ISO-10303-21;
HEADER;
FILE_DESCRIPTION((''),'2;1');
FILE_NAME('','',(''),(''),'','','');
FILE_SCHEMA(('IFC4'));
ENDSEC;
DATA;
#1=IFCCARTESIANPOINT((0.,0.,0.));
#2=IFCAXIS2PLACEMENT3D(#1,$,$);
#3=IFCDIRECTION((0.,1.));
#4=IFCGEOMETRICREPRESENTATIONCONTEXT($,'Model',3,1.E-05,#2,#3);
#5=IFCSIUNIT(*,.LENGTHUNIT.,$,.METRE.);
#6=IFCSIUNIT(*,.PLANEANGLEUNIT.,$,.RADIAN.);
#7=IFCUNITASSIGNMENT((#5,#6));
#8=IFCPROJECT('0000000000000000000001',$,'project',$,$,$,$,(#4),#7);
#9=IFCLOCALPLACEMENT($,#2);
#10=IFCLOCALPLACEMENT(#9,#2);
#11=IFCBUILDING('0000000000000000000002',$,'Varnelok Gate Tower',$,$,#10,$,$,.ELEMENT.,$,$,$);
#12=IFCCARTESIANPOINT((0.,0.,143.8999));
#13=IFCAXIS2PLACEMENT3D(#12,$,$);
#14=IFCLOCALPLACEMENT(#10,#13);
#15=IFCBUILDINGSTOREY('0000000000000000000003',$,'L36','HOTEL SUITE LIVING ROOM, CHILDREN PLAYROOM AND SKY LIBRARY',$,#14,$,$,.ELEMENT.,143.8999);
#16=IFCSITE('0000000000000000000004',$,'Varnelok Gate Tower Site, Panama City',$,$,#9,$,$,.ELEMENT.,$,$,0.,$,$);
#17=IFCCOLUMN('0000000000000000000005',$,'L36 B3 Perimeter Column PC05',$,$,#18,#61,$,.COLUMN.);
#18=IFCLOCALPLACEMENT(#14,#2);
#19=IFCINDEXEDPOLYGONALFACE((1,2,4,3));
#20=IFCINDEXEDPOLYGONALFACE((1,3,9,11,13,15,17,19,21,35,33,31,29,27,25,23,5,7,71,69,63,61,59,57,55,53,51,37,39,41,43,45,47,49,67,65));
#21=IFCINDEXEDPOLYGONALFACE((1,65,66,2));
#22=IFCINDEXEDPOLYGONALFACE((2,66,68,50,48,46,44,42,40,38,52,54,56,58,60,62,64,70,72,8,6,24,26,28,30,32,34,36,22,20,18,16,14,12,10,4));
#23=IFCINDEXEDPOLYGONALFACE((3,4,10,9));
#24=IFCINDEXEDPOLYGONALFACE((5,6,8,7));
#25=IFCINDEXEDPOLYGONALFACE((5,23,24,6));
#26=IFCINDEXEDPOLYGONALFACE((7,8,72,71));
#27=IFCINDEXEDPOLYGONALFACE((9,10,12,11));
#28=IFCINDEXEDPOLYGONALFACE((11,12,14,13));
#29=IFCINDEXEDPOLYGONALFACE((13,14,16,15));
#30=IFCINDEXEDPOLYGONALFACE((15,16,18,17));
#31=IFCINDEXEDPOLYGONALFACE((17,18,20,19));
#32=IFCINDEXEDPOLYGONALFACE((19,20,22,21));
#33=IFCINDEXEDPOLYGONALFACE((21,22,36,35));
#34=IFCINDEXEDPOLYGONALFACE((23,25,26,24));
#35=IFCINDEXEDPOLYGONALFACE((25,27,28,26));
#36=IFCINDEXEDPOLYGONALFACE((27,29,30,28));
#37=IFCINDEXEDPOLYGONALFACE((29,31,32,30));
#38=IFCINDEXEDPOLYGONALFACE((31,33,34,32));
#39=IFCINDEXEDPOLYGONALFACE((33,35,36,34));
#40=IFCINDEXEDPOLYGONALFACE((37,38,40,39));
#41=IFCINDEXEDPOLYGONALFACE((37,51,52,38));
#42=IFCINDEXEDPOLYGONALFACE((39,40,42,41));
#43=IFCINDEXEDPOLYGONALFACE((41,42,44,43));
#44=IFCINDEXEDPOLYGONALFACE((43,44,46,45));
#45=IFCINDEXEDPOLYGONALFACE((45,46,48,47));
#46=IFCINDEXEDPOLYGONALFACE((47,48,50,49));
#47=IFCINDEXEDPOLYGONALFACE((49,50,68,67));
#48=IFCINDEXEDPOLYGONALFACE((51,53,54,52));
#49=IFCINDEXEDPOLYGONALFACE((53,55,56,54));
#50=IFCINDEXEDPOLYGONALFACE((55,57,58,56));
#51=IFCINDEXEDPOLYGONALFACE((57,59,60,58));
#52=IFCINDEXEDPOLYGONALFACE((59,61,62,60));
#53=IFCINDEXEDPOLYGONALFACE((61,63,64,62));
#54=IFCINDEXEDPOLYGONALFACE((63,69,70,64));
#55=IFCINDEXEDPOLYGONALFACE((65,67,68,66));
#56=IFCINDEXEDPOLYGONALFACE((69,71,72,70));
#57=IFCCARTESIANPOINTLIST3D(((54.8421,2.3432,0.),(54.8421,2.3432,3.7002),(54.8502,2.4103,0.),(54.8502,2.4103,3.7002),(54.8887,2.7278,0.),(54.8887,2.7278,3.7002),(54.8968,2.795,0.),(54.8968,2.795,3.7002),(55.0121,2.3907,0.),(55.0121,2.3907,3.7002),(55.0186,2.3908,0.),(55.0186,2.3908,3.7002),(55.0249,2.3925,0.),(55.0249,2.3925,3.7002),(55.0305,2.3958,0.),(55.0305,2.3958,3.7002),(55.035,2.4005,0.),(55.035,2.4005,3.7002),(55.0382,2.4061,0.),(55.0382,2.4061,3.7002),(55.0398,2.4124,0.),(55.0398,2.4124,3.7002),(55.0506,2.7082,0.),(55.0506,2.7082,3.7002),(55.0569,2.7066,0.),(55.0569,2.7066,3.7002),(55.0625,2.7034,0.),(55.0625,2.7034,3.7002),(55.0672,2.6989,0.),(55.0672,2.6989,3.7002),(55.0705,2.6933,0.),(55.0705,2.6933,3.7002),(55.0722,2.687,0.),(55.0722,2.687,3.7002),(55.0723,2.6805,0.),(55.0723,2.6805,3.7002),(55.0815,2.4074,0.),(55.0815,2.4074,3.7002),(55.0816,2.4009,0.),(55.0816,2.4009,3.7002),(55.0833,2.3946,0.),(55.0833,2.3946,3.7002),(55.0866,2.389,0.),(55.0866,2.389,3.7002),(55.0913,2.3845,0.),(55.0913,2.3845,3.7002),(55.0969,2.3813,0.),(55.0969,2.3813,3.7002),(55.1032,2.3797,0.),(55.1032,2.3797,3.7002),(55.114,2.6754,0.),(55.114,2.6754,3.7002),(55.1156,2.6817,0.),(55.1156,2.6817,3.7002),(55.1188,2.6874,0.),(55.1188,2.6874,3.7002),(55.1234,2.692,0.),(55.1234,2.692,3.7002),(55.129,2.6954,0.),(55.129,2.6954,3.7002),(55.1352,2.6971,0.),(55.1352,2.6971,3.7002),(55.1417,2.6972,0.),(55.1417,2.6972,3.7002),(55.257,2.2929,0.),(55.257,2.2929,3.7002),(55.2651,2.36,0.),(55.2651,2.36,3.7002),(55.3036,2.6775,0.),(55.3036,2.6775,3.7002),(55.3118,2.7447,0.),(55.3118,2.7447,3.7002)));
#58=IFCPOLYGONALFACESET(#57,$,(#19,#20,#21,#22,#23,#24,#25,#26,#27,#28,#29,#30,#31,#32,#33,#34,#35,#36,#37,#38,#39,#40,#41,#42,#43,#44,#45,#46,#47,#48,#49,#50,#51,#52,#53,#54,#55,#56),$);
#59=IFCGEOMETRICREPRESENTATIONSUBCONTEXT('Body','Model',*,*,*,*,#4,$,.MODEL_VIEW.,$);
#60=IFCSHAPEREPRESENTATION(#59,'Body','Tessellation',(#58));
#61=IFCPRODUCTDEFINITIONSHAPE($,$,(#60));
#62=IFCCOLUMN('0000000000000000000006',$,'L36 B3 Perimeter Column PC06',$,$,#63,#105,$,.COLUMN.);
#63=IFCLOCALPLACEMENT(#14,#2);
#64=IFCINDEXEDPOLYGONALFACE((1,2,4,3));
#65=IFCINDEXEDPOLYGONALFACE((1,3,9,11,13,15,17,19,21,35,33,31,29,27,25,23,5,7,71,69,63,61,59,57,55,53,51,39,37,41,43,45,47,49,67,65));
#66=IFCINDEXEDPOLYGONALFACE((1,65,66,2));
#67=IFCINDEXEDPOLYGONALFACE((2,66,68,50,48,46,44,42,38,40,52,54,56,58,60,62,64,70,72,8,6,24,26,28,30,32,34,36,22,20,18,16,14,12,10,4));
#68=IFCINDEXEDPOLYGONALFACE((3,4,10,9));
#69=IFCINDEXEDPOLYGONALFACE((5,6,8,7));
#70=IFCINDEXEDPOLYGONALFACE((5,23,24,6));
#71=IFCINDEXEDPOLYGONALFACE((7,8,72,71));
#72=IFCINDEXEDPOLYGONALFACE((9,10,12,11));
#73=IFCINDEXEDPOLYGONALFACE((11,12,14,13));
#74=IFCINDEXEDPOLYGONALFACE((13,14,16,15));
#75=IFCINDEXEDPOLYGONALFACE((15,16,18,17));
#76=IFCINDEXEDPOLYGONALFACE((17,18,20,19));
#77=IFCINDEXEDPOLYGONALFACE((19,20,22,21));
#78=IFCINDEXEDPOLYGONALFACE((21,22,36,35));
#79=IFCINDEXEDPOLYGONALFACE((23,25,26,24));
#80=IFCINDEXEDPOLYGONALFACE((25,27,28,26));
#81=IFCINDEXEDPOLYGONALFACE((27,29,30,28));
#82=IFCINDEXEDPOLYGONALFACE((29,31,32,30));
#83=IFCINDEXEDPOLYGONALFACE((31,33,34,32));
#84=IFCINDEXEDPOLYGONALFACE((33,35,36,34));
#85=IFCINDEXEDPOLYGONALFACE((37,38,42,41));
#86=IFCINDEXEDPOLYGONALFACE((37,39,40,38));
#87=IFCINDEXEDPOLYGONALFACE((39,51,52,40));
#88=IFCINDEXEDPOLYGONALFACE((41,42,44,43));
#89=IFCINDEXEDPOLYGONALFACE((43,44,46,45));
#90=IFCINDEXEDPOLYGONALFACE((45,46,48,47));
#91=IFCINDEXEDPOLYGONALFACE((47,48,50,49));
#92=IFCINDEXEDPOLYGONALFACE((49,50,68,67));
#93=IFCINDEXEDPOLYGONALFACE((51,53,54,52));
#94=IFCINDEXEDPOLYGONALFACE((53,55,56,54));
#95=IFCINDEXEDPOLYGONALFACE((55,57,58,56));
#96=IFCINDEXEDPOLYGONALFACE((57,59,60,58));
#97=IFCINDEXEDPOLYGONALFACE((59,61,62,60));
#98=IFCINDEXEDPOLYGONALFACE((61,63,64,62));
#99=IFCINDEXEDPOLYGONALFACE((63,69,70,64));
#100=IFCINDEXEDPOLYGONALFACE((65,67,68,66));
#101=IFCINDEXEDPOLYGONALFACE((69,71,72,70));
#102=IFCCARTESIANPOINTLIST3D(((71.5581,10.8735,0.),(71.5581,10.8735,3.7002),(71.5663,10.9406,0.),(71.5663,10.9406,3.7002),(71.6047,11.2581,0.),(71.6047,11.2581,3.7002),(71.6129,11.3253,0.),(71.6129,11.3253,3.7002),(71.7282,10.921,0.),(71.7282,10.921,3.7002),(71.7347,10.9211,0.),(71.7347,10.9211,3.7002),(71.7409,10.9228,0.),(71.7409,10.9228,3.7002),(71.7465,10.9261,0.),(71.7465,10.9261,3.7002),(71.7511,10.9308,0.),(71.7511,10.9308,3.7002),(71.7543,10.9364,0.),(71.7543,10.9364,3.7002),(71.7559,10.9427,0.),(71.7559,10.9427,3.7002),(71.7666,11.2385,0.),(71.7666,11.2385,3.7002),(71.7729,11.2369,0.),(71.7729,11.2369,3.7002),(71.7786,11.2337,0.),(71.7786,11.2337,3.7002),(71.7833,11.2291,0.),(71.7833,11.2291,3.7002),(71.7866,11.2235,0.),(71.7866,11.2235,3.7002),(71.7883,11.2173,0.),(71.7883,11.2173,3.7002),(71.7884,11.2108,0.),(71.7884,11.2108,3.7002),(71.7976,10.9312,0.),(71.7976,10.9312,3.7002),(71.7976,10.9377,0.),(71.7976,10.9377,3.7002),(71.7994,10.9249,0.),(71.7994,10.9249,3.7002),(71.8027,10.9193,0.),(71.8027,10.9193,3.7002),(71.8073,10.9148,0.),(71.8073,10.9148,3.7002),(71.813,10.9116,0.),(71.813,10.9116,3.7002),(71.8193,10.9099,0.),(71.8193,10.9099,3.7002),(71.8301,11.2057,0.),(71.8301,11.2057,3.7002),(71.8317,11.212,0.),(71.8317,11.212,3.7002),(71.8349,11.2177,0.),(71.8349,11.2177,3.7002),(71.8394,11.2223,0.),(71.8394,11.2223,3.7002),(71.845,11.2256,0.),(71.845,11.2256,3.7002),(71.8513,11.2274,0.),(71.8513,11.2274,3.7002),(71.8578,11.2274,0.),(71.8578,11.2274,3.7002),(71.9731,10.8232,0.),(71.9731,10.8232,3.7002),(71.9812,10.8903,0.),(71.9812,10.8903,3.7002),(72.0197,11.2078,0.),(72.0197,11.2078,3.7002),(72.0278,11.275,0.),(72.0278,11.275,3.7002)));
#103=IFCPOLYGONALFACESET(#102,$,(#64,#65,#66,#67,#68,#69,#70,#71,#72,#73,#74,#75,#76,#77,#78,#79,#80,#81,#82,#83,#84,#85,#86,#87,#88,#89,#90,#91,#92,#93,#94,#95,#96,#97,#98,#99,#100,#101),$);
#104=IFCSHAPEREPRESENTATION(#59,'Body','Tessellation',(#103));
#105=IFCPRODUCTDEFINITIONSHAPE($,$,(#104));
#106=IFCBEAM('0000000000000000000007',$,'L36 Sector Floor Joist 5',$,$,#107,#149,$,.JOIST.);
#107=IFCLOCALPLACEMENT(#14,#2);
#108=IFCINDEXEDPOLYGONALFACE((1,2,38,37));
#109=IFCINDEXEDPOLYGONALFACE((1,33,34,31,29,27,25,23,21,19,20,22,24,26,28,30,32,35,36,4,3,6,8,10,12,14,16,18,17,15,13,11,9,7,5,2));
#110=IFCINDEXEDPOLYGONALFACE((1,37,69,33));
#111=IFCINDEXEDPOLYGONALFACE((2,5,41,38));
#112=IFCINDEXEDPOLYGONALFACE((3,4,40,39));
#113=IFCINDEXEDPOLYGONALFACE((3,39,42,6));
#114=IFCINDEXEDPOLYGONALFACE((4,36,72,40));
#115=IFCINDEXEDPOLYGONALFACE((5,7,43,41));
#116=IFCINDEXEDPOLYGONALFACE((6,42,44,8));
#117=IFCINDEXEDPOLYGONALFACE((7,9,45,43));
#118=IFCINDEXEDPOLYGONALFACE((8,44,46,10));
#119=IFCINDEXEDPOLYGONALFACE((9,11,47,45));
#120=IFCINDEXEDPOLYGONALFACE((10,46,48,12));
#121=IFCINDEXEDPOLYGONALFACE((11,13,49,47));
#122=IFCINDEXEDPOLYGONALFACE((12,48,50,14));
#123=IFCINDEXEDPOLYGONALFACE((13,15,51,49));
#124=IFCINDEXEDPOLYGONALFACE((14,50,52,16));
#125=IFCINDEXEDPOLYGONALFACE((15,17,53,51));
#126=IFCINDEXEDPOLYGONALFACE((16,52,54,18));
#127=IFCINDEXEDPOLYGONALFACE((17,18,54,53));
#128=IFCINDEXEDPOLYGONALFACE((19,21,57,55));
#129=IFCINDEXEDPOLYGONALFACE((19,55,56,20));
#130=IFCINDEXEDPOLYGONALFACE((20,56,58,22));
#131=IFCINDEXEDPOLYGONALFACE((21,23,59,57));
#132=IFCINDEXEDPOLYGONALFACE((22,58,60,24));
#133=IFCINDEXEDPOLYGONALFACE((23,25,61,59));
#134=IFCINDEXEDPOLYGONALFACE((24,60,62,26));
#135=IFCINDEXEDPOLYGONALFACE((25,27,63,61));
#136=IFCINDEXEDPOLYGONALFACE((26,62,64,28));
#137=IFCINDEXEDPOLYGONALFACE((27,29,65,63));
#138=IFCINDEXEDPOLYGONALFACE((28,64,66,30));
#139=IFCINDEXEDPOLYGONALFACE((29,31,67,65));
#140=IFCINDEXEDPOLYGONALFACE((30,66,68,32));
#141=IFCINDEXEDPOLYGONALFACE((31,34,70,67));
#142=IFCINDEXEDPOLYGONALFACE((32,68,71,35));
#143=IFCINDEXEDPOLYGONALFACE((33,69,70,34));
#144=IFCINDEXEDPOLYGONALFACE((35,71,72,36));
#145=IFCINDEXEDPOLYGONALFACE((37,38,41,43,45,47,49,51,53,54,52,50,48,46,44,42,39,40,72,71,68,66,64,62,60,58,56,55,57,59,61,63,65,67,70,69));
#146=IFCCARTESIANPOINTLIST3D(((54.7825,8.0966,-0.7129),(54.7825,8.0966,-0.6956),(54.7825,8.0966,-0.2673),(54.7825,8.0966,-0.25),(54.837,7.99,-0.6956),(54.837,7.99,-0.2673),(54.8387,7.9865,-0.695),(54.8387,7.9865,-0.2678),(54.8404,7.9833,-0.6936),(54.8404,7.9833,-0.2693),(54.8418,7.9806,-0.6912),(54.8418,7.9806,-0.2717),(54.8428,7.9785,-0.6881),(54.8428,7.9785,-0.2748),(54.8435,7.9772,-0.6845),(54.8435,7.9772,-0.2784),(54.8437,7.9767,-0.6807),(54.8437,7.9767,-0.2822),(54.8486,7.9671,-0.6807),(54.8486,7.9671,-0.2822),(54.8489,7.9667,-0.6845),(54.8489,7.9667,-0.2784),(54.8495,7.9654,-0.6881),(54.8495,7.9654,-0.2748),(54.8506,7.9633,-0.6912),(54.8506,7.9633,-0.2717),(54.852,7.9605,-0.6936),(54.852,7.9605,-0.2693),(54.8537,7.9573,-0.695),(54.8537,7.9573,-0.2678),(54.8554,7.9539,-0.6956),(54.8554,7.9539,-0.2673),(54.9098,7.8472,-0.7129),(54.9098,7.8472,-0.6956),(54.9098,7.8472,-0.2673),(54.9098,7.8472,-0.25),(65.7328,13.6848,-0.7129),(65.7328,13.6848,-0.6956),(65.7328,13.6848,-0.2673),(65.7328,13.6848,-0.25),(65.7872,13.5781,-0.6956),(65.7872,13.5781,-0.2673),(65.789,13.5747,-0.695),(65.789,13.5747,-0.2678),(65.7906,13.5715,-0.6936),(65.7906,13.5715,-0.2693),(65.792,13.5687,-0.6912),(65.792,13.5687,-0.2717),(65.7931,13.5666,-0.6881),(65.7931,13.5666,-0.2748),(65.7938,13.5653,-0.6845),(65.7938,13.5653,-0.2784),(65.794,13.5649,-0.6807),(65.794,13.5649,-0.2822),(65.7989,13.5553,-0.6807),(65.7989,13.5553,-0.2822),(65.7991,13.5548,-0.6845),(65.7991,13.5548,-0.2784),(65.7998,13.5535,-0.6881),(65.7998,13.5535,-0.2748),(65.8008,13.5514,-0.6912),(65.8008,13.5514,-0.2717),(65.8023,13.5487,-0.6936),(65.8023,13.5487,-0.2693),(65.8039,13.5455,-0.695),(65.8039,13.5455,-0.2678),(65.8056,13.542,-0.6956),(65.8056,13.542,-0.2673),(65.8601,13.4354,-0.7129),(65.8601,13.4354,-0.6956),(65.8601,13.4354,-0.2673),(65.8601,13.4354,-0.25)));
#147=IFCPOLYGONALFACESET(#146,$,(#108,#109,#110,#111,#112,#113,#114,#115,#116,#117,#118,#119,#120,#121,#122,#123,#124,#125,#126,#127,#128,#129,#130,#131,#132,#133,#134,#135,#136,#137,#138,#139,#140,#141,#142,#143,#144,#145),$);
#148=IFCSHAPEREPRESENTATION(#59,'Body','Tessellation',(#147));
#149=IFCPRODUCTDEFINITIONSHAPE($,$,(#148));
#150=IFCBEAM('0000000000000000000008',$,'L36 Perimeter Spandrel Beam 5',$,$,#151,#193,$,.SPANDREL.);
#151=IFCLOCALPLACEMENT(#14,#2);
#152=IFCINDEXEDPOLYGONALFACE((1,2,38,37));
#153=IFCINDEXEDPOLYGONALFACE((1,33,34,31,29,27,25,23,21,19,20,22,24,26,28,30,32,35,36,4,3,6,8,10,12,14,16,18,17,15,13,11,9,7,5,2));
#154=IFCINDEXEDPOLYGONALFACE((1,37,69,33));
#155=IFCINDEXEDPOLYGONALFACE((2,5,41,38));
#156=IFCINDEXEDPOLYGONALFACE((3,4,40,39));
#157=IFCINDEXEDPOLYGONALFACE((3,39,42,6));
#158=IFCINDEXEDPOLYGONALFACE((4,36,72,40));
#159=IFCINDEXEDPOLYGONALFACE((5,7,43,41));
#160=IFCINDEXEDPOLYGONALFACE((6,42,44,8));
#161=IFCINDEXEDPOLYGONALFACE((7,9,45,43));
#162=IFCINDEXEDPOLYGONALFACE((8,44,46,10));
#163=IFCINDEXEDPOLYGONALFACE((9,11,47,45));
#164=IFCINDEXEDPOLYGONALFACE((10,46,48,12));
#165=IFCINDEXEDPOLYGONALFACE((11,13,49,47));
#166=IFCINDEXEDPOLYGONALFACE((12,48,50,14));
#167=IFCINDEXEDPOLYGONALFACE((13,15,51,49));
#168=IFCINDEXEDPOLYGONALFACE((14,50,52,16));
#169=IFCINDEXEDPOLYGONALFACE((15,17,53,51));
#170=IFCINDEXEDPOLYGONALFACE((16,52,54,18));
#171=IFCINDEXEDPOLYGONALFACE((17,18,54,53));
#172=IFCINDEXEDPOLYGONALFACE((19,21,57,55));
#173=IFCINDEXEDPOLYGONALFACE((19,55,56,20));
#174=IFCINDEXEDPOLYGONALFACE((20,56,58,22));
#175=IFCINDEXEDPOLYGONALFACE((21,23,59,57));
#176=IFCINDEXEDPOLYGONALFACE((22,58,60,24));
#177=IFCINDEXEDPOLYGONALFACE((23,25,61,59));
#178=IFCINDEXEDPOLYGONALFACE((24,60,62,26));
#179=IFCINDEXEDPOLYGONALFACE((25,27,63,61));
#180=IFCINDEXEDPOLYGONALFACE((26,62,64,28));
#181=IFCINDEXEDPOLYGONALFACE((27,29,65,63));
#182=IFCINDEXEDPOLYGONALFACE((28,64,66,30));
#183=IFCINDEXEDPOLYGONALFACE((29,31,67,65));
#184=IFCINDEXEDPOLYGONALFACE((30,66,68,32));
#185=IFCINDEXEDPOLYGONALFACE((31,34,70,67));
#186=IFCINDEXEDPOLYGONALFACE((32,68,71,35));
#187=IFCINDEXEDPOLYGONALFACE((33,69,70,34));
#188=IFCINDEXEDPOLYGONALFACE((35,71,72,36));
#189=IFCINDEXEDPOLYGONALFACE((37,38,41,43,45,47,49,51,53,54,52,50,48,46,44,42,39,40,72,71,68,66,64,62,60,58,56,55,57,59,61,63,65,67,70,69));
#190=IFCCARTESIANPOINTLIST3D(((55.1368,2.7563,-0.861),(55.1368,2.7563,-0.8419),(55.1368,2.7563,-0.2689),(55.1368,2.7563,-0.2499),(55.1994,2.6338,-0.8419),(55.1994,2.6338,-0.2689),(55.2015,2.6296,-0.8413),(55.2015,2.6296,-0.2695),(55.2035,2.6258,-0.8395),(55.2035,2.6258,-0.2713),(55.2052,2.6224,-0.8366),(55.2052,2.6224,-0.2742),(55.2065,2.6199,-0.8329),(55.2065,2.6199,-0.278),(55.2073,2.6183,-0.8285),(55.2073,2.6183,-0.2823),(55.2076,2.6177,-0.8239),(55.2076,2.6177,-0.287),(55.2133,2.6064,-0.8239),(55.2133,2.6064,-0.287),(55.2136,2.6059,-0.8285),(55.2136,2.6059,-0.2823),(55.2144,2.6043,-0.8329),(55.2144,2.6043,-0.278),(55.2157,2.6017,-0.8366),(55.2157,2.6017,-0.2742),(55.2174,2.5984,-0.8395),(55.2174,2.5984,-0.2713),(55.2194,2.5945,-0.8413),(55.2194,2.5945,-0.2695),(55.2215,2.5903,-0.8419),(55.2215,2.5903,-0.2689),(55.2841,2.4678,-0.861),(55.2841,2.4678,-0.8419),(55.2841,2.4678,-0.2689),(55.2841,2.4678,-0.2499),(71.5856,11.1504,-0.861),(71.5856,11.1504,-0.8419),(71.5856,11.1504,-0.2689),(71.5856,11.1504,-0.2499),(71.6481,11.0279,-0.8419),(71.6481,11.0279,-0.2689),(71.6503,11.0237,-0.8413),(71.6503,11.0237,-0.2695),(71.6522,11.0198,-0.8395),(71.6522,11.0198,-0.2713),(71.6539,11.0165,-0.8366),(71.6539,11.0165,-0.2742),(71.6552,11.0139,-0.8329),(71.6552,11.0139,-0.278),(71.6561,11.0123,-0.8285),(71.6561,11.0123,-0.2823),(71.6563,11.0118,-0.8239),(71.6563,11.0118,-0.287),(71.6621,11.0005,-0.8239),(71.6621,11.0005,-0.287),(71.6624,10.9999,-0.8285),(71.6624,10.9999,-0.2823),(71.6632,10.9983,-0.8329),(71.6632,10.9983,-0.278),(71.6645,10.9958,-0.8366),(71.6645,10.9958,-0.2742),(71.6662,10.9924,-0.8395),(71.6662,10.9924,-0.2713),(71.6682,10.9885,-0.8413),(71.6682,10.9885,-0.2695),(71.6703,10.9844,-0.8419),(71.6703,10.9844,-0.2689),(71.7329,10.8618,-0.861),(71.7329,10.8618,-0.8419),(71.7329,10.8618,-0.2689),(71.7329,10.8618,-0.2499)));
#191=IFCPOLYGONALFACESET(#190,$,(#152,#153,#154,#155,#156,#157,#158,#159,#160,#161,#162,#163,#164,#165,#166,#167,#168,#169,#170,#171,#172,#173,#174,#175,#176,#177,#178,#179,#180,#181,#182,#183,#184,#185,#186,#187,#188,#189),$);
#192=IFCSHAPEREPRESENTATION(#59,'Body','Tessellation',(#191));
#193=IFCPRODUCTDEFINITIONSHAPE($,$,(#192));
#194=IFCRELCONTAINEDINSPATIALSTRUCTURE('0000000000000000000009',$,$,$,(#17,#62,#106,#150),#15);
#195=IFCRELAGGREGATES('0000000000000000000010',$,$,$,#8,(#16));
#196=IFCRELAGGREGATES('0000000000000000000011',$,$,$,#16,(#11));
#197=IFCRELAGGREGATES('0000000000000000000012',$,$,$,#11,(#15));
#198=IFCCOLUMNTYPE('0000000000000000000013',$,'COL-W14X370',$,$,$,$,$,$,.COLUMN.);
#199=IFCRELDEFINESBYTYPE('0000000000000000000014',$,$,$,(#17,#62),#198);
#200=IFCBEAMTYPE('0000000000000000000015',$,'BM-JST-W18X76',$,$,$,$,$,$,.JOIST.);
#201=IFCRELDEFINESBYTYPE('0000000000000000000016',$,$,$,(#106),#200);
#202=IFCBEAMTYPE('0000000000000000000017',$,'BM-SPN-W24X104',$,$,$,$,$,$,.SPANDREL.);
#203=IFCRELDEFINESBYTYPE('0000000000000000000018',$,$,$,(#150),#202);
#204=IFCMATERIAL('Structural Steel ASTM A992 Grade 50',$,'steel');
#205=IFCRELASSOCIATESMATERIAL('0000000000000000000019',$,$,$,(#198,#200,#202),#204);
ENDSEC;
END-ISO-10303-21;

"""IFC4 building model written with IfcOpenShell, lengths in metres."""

from ifc_helpers import new_model, si_unit, direction, frame, origin, origin_2d, place, context, subcontext, project, spatial, i_section, extrude, material, material_profile, profile_set, type_object, element, save


model = new_model("IFC4")

# Units and contexts
model_context = context("Model", 3, precision=1e-05, world=origin(), true_north=direction((0.0, 1.0)))
body_context = subcontext(model_context, "Body", "Model", "MODEL_VIEW")
ifc_project = project(units=[si_unit("LENGTHUNIT", "METRE"), si_unit("PLANEANGLEUNIT", "RADIAN")], contexts=[model_context])

# Site, building, storey
site_placement = place(None, origin())
site = spatial("IfcSite", under=ifc_project, at=site_placement, Name="Varnelok Gate Tower Site, Panama City", CompositionType="ELEMENT", RefElevation=0.0)
building_placement = place(site_placement, origin())
building = spatial("IfcBuilding", under=site, at=building_placement, Name="Varnelok Gate Tower", CompositionType="ELEMENT")
storey_placement = place(building_placement, frame((0.0, 0.0, 143.8999)))
storey = spatial("IfcBuildingStorey", under=building, at=storey_placement, Name="L36", Description="HOTEL SUITE LIVING ROOM, CHILDREN PLAYROOM AND SKY LIBRARY", CompositionType="ELEMENT", Elevation=143.8999)

# Columns
ifc_material_1 = material(Name="Structural Steel ASTM A992 Grade 50", Category="steel")
ifc_material_profile_1 = material_profile(ifc_material_1, i_section(OverallWidth=0.418, OverallDepth=0.4551, WebThickness=0.042, FlangeThickness=0.0676, FilletRadius=0.0249, at=origin_2d()), Name="W14X370")
ifc_profile_set_1 = profile_set([ifc_material_profile_1], Name="Structural Steel ASTM A992 Grade 50")
column_type = type_object("IfcColumnType", Name="COL-W14X370", PredefinedType="COLUMN", material=ifc_profile_set_1)
for number, where, z_axis, x_axis, name in (
    (1, (55.0769, 2.5439, 0.0), (0.0, 0.0, 1.0), (0.992732, -0.120345, 0.0), "L36 B3 Perimeter Column PC05"),
    (2, (71.793, 11.0742, 0.0), (0.0, 0.0, 1.0), (0.992732, -0.120345, 0.0), "L36 B3 Perimeter Column PC06"),
):
    element("IfcColumn", number, at=place(storey_placement, frame(where, z_axis=z_axis, x_axis=x_axis)), inside=storey, type_object=column_type, Name=name, PredefinedType="COLUMN", context=body_context, shape_type="SweptSolid", body=[
        extrude(i_section(OverallWidth=0.418, OverallDepth=0.4551, WebThickness=0.042, FlangeThickness=0.0676, FilletRadius=0.0249, at=origin_2d()), origin(), (0.0, 0.0, 1.0), 3.7002),
    ])

# Beams
ifc_material_profile_2 = material_profile(ifc_material_1, i_section(OverallWidth=0.28, OverallDepth=0.4629, WebThickness=0.0107, FlangeThickness=0.0173, FilletRadius=0.0149, at=origin_2d()), Name="W18X76")
ifc_profile_set_2 = profile_set([ifc_material_profile_2], Name="Structural Steel ASTM A992 Grade 50")
beam_type_1 = type_object("IfcBeamType", Name="BM-JST-W18X76", PredefinedType="JOIST", material=ifc_profile_set_2)
beam_1_placement = place(storey_placement, frame((54.8462, 7.9719, -0.4814), z_axis=(0.890719, 0.454554, 0.0), x_axis=(-0.454554, 0.890719, 0.0)))
element("IfcBeam", 3, at=beam_1_placement, inside=storey, type_object=beam_type_1, Name="L36 Sector Floor Joist 5", PredefinedType="JOIST", context=body_context, shape_type="SweptSolid", body=[
    extrude(i_section(OverallWidth=0.28, OverallDepth=0.4629, WebThickness=0.0107, FlangeThickness=0.0173, FilletRadius=0.0149, at=origin_2d()), origin(), (0.0, 0.0, 1.0), 12.2937),
])
ifc_material_profile_3 = material_profile(ifc_material_1, i_section(OverallWidth=0.324, OverallDepth=0.6111, WebThickness=0.0127, FlangeThickness=0.019, FilletRadius=0.0181, at=origin_2d()), Name="W24X104")
ifc_profile_set_3 = profile_set([ifc_material_profile_3], Name="Structural Steel ASTM A992 Grade 50")
beam_type_2 = type_object("IfcBeamType", Name="BM-SPN-W24X104", PredefinedType="SPANDREL", material=ifc_profile_set_3)
beam_2_placement = place(storey_placement, frame((55.2104, 2.6121, -0.5554), z_axis=(0.890722, 0.454549, 0.0), x_axis=(-0.454549, 0.890722, 0.0)))
element("IfcBeam", 4, at=beam_2_placement, inside=storey, type_object=beam_type_2, Name="L36 Perimeter Spandrel Beam 5", PredefinedType="SPANDREL", context=body_context, shape_type="SweptSolid", body=[
    extrude(i_section(OverallWidth=0.324, OverallDepth=0.6111, WebThickness=0.0127, FlangeThickness=0.019, FilletRadius=0.0181, at=origin_2d()), origin(), (0.0, 0.0, 1.0), 18.4668),
])

save(model, "model.ifc")
